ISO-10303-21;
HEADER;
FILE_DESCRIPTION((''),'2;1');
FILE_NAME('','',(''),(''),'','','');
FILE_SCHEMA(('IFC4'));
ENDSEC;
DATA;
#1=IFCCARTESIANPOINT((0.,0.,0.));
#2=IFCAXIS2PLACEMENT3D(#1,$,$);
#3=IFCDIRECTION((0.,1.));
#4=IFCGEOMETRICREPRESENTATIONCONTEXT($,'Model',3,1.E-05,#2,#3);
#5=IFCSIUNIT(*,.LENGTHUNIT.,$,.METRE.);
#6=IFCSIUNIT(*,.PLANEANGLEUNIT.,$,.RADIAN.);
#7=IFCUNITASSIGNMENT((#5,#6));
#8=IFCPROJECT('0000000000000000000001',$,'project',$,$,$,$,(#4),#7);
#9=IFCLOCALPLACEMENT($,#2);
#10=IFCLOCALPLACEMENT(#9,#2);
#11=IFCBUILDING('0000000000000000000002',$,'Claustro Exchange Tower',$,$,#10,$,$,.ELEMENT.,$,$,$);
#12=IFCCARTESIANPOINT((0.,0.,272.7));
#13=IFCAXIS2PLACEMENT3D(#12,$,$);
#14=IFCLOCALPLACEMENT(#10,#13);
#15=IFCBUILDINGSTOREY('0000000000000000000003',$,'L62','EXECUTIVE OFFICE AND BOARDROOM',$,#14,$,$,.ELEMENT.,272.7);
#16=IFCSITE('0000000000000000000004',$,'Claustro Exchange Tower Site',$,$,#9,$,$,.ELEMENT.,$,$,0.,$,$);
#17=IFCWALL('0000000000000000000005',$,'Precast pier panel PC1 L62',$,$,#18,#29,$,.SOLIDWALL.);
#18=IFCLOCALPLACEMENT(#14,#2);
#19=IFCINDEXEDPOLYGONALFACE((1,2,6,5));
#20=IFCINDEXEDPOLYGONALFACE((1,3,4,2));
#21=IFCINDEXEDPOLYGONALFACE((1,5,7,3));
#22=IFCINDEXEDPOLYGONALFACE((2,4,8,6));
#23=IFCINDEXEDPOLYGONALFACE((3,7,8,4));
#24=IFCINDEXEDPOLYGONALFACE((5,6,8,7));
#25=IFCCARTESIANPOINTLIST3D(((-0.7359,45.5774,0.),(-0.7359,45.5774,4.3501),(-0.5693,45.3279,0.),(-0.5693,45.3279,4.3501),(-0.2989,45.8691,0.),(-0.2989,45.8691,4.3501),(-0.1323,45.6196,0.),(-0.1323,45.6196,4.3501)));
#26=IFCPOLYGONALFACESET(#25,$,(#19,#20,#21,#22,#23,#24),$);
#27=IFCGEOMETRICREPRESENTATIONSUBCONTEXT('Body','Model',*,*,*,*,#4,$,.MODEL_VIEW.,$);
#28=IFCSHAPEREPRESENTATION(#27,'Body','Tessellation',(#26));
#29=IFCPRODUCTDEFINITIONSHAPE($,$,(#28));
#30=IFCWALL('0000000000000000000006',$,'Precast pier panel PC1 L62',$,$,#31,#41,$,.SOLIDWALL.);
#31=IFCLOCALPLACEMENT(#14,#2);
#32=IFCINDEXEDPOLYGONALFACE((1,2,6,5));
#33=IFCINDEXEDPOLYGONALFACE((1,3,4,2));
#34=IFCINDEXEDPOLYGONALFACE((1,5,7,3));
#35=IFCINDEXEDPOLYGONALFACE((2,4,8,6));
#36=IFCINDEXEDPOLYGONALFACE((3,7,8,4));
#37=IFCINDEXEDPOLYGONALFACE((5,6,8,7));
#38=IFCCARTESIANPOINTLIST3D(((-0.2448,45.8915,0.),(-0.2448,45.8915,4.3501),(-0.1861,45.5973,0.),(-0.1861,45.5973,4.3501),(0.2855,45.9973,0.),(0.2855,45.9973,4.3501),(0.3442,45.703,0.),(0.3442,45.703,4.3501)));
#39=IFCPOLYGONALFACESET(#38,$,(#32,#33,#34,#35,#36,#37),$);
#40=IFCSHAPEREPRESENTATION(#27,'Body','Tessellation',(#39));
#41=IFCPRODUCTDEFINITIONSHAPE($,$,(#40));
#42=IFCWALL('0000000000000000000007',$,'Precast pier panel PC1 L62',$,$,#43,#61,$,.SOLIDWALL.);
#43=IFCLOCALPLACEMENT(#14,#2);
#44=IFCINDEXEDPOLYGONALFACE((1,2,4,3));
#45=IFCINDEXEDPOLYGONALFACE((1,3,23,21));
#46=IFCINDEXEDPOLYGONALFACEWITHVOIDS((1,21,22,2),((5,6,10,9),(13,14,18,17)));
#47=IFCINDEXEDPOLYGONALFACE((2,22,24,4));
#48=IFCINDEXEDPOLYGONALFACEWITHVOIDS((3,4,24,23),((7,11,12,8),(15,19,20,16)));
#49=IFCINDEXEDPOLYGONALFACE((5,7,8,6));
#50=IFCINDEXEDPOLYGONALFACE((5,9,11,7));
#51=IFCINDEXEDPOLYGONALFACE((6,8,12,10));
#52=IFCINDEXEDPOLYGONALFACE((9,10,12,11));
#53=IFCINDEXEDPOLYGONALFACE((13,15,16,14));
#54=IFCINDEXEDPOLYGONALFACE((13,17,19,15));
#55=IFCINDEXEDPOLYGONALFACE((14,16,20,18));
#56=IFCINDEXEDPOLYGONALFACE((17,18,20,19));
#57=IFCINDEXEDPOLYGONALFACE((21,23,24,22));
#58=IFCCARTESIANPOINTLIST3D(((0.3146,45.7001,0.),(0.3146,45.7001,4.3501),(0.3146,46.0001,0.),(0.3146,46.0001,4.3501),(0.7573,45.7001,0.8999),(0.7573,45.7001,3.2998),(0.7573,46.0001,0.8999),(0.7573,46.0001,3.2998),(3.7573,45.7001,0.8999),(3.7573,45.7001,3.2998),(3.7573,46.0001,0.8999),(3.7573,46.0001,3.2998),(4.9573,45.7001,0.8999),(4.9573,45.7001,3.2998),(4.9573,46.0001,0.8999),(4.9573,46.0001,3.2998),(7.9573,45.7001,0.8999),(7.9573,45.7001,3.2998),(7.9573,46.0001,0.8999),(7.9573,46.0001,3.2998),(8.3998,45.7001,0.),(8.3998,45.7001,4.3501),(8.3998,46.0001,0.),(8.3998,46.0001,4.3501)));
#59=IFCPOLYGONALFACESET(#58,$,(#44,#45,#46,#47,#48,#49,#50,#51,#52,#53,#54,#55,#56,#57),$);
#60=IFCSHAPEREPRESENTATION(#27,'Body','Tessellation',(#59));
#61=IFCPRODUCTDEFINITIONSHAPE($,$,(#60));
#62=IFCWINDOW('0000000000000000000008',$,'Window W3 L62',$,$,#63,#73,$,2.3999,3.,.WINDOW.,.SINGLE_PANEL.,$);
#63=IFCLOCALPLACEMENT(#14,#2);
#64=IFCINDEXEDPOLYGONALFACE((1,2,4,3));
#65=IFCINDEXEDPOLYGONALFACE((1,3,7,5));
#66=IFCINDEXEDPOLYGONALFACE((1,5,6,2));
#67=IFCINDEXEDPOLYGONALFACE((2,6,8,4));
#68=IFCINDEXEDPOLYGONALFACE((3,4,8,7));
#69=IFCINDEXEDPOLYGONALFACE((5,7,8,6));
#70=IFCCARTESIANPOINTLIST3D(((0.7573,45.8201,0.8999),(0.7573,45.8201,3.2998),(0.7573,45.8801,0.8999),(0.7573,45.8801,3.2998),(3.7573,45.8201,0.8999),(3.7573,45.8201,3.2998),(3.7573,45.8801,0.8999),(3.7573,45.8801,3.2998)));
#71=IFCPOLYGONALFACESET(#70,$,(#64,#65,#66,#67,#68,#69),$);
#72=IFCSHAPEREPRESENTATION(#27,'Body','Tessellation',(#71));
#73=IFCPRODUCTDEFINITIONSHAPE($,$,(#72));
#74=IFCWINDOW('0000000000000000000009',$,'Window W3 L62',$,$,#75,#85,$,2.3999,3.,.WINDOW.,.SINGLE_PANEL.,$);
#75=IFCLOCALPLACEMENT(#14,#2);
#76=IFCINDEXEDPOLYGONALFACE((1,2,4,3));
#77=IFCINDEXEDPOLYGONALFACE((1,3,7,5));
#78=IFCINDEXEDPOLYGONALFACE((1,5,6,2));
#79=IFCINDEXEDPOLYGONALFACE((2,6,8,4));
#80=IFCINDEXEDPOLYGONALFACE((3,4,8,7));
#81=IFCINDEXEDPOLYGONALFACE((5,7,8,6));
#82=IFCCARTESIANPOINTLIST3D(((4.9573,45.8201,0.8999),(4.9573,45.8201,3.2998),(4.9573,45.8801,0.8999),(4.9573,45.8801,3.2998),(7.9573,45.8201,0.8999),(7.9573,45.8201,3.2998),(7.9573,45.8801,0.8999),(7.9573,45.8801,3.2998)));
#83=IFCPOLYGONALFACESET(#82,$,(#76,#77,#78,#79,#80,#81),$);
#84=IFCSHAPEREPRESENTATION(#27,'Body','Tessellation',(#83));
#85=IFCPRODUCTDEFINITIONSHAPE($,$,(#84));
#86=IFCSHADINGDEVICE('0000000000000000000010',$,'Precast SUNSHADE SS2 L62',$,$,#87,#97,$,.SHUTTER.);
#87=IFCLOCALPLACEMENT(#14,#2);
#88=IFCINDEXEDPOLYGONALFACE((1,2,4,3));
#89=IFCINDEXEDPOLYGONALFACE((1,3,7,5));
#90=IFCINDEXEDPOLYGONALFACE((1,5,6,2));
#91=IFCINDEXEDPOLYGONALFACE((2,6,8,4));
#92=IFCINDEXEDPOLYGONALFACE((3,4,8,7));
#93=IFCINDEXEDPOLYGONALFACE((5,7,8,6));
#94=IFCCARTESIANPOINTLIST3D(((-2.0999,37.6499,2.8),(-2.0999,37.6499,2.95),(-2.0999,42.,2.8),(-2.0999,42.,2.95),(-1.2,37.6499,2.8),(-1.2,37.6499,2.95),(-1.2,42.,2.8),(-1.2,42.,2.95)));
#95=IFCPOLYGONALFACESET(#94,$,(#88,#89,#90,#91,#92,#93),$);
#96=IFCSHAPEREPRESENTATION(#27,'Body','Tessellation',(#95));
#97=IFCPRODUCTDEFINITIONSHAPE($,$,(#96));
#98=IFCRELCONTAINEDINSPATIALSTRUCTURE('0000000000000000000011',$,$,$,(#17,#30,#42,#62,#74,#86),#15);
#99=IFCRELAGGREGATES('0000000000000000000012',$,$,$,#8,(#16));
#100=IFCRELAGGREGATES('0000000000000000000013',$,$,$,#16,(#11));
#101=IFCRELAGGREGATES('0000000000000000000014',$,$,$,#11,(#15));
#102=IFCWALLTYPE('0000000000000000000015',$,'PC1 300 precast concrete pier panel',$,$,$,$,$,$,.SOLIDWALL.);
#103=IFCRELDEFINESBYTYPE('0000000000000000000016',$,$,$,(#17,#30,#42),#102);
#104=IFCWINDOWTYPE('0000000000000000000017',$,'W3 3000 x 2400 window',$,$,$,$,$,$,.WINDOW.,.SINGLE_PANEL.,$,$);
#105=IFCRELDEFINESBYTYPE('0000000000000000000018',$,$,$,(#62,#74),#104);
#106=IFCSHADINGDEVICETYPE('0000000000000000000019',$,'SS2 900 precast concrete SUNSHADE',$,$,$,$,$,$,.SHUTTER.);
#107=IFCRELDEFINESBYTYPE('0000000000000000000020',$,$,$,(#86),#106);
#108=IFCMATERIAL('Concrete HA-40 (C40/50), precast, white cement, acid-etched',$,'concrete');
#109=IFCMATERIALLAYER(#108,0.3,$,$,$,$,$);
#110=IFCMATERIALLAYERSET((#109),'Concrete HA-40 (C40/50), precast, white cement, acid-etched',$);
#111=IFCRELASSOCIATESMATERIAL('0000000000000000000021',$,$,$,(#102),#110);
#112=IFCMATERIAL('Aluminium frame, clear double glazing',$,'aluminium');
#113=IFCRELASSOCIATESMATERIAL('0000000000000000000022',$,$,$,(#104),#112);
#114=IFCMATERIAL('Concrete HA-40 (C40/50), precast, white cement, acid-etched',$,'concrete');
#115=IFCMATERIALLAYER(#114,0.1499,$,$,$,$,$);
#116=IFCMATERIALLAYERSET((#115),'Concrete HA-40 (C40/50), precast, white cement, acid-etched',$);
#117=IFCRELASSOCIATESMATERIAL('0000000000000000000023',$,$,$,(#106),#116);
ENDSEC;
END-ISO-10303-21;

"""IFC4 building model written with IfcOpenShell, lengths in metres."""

from ifc_helpers import new_model, si_unit, direction, frame, frame_2d, origin, origin_2d, place, context, subcontext, project, spatial, rectangle, extrude, material, layer, layer_set, type_object, element, fill, save


model = new_model("IFC4")

# Units and contexts
model_context = context("Model", 3, precision=1e-05, world=origin(), true_north=direction((0.0, 1.0)))
body_context = subcontext(model_context, "Body", "Model", "MODEL_VIEW")
ifc_project = project(units=[si_unit("LENGTHUNIT", "METRE"), si_unit("PLANEANGLEUNIT", "RADIAN")], contexts=[model_context])

# Site, building, storey
site_placement = place(None, origin())
site = spatial("IfcSite", under=ifc_project, at=site_placement, Name="Claustro Exchange Tower Site", CompositionType="ELEMENT", RefElevation=0.0)
building_placement = place(site_placement, origin())
building = spatial("IfcBuilding", under=site, at=building_placement, Name="Claustro Exchange Tower", CompositionType="ELEMENT")
storey_placement = place(building_placement, frame((0.0, 0.0, 272.7)))
storey = spatial("IfcBuildingStorey", under=building, at=storey_placement, Name="L62", Description="EXECUTIVE OFFICE AND BOARDROOM", CompositionType="ELEMENT", Elevation=272.7)

# Shared definitions
ifc_material_1 = material(Name="Concrete HA-40 (C40/50), precast, white cement, acid-etched", Category="concrete")
ifc_layer_1 = layer(ifc_material_1, 0.3)
ifc_layer_set_1 = layer_set([ifc_layer_1], Name="Concrete HA-40 (C40/50), precast, white cement, acid-etched")
wall_type_1 = type_object("IfcWallType", Name="PC1 300 precast concrete pier panel", PredefinedType="SOLIDWALL", material=ifc_layer_set_1)

# Walls
wall_1_placement = place(storey_placement, frame((-0.6526, 45.4526, 0.0), z_axis=(0.0, 0.0, 1.0), x_axis=(0.831693, 0.555236, 0.0)))
element("IfcWall", 1, at=wall_1_placement, inside=storey, type_object=wall_type_1, Name="Precast pier panel PC1 L62", PredefinedType="SOLIDWALL", context=body_context, shape_type="SweptSolid", body=[
    extrude(rectangle(XDim=0.5254, YDim=0.3, at=frame_2d((0.2627, 0.0))), origin(), (0.0, 0.0, 1.0), 4.3501),
])
wall_2_placement = place(storey_placement, frame((-0.2156, 45.7444, 0.0), z_axis=(0.0, 0.0, 1.0), x_axis=(0.980702, 0.195508, 0.0)))
element("IfcWall", 2, at=wall_2_placement, inside=storey, type_object=wall_type_1, Name="Precast pier panel PC1 L62", PredefinedType="SOLIDWALL", context=body_context, shape_type="SweptSolid", body=[
    extrude(rectangle(XDim=0.5408, YDim=0.3, at=frame_2d((0.2705, 0.0))), origin(), (0.0, 0.0, 1.0), 4.3501),
])

# Wall, openings, windows
wall_3_placement = place(storey_placement, frame((0.3147, 45.8501, 0.0), z_axis=(0.0, 0.0, 1.0), x_axis=(1.0, 0.0, 0.0)))
wall_3 = element("IfcWall", 3, at=wall_3_placement, inside=storey, type_object=wall_type_1, Name="Precast pier panel PC1 L62", PredefinedType="SOLIDWALL", context=body_context, shape_type="SweptSolid", body=[
    extrude(rectangle(XDim=8.0852, YDim=0.3, at=frame_2d((4.0425, 0.0))), origin(), (0.0, 0.0, 1.0), 4.3501),
])
opening_1_placement = place(wall_3_placement, frame((0.4426, 0.0, 0.8999)))
opening_1 = element("IfcOpeningElement", 4, at=opening_1_placement, cuts=wall_3, PredefinedType="OPENING", context=body_context, shape_type="SweptSolid", body=[
    extrude(rectangle(XDim=3.0, YDim=2.3999, at=frame_2d((1.5, 1.2))), frame((0.0, 0.1599, 0.0), z_axis=(0.0, -1.0, 0.0), x_axis=(1.0, 0.0, 0.0)), (0.0, 0.0, 1.0), 0.3201),
])
opening_2_placement = place(wall_3_placement, frame((4.6426, 0.0, 0.8999)))
opening_2 = element("IfcOpeningElement", 5, at=opening_2_placement, cuts=wall_3, PredefinedType="OPENING", context=body_context, shape_type="SweptSolid", body=[
    extrude(rectangle(XDim=3.0, YDim=2.3999, at=frame_2d((1.5, 1.2))), frame((0.0, 0.1599, 0.0), z_axis=(0.0, -1.0, 0.0), x_axis=(1.0, 0.0, 0.0)), (0.0, 0.0, 1.0), 0.3201),
])
ifc_material_2 = material(Name="Aluminium frame, clear double glazing", Category="aluminium")
window_type_1 = type_object("IfcWindowType", Name="W3 3000 x 2400 window", PartitioningType="SINGLE_PANEL", PredefinedType="WINDOW", material=ifc_material_2)
window_1_placement = place(opening_1_placement, origin())
window_1 = element("IfcWindow", 6, at=window_1_placement, inside=storey, type_object=window_type_1, Name="Window W3 L62", OverallHeight=2.3999, OverallWidth=3.0, PartitioningType="SINGLE_PANEL", PredefinedType="WINDOW", context=body_context, shape_type="SweptSolid", body=[
    extrude(rectangle(XDim=3.0, YDim=2.3999, at=frame_2d((1.5, 1.2))), frame((0.0, 0.03, 0.0), z_axis=(0.0, -1.0, 0.0), x_axis=(1.0, 0.0, 0.0)), (0.0, 0.0, 1.0), 0.0601),
])
fill(opening_1, window_1)
window_2_placement = place(opening_2_placement, origin())
window_2 = element("IfcWindow", 7, at=window_2_placement, inside=storey, type_object=window_type_1, Name="Window W3 L62", OverallHeight=2.3999, OverallWidth=3.0, PartitioningType="SINGLE_PANEL", PredefinedType="WINDOW", context=body_context, shape_type="SweptSolid", body=[
    extrude(rectangle(XDim=3.0, YDim=2.3999, at=frame_2d((1.5, 1.2))), frame((0.0, 0.03, 0.0), z_axis=(0.0, -1.0, 0.0), x_axis=(1.0, 0.0, 0.0)), (0.0, 0.0, 1.0), 0.0601),
])
fill(opening_2, window_2)

# Shading device
ifc_material_3 = material(Name="Concrete HA-40 (C40/50), precast, white cement, acid-etched", Category="concrete")
ifc_layer_2 = layer(ifc_material_3, 0.1499)
ifc_layer_set_2 = layer_set([ifc_layer_2], Name="Concrete HA-40 (C40/50), precast, white cement, acid-etched")
shading_device_type = type_object("IfcShadingDeviceType", Name="SS2 900 precast concrete SUNSHADE", PredefinedType="SHUTTER", material=ifc_layer_set_2)
shading_device_placement = place(storey_placement, frame((-1.6499, 39.825, 2.8), z_axis=(0.0, 0.0, 1.0), x_axis=(0.0, 1.0, 0.0)))
element("IfcShadingDevice", 8, at=shading_device_placement, inside=storey, type_object=shading_device_type, Name="Precast SUNSHADE SS2 L62", PredefinedType="SHUTTER", context=body_context, shape_type="SweptSolid", body=[
    extrude(rectangle(XDim=4.3501, YDim=0.8999, at=origin_2d()), origin(), (0.0, 0.0, 1.0), 0.1499),
])

save(model, "model.ifc")
